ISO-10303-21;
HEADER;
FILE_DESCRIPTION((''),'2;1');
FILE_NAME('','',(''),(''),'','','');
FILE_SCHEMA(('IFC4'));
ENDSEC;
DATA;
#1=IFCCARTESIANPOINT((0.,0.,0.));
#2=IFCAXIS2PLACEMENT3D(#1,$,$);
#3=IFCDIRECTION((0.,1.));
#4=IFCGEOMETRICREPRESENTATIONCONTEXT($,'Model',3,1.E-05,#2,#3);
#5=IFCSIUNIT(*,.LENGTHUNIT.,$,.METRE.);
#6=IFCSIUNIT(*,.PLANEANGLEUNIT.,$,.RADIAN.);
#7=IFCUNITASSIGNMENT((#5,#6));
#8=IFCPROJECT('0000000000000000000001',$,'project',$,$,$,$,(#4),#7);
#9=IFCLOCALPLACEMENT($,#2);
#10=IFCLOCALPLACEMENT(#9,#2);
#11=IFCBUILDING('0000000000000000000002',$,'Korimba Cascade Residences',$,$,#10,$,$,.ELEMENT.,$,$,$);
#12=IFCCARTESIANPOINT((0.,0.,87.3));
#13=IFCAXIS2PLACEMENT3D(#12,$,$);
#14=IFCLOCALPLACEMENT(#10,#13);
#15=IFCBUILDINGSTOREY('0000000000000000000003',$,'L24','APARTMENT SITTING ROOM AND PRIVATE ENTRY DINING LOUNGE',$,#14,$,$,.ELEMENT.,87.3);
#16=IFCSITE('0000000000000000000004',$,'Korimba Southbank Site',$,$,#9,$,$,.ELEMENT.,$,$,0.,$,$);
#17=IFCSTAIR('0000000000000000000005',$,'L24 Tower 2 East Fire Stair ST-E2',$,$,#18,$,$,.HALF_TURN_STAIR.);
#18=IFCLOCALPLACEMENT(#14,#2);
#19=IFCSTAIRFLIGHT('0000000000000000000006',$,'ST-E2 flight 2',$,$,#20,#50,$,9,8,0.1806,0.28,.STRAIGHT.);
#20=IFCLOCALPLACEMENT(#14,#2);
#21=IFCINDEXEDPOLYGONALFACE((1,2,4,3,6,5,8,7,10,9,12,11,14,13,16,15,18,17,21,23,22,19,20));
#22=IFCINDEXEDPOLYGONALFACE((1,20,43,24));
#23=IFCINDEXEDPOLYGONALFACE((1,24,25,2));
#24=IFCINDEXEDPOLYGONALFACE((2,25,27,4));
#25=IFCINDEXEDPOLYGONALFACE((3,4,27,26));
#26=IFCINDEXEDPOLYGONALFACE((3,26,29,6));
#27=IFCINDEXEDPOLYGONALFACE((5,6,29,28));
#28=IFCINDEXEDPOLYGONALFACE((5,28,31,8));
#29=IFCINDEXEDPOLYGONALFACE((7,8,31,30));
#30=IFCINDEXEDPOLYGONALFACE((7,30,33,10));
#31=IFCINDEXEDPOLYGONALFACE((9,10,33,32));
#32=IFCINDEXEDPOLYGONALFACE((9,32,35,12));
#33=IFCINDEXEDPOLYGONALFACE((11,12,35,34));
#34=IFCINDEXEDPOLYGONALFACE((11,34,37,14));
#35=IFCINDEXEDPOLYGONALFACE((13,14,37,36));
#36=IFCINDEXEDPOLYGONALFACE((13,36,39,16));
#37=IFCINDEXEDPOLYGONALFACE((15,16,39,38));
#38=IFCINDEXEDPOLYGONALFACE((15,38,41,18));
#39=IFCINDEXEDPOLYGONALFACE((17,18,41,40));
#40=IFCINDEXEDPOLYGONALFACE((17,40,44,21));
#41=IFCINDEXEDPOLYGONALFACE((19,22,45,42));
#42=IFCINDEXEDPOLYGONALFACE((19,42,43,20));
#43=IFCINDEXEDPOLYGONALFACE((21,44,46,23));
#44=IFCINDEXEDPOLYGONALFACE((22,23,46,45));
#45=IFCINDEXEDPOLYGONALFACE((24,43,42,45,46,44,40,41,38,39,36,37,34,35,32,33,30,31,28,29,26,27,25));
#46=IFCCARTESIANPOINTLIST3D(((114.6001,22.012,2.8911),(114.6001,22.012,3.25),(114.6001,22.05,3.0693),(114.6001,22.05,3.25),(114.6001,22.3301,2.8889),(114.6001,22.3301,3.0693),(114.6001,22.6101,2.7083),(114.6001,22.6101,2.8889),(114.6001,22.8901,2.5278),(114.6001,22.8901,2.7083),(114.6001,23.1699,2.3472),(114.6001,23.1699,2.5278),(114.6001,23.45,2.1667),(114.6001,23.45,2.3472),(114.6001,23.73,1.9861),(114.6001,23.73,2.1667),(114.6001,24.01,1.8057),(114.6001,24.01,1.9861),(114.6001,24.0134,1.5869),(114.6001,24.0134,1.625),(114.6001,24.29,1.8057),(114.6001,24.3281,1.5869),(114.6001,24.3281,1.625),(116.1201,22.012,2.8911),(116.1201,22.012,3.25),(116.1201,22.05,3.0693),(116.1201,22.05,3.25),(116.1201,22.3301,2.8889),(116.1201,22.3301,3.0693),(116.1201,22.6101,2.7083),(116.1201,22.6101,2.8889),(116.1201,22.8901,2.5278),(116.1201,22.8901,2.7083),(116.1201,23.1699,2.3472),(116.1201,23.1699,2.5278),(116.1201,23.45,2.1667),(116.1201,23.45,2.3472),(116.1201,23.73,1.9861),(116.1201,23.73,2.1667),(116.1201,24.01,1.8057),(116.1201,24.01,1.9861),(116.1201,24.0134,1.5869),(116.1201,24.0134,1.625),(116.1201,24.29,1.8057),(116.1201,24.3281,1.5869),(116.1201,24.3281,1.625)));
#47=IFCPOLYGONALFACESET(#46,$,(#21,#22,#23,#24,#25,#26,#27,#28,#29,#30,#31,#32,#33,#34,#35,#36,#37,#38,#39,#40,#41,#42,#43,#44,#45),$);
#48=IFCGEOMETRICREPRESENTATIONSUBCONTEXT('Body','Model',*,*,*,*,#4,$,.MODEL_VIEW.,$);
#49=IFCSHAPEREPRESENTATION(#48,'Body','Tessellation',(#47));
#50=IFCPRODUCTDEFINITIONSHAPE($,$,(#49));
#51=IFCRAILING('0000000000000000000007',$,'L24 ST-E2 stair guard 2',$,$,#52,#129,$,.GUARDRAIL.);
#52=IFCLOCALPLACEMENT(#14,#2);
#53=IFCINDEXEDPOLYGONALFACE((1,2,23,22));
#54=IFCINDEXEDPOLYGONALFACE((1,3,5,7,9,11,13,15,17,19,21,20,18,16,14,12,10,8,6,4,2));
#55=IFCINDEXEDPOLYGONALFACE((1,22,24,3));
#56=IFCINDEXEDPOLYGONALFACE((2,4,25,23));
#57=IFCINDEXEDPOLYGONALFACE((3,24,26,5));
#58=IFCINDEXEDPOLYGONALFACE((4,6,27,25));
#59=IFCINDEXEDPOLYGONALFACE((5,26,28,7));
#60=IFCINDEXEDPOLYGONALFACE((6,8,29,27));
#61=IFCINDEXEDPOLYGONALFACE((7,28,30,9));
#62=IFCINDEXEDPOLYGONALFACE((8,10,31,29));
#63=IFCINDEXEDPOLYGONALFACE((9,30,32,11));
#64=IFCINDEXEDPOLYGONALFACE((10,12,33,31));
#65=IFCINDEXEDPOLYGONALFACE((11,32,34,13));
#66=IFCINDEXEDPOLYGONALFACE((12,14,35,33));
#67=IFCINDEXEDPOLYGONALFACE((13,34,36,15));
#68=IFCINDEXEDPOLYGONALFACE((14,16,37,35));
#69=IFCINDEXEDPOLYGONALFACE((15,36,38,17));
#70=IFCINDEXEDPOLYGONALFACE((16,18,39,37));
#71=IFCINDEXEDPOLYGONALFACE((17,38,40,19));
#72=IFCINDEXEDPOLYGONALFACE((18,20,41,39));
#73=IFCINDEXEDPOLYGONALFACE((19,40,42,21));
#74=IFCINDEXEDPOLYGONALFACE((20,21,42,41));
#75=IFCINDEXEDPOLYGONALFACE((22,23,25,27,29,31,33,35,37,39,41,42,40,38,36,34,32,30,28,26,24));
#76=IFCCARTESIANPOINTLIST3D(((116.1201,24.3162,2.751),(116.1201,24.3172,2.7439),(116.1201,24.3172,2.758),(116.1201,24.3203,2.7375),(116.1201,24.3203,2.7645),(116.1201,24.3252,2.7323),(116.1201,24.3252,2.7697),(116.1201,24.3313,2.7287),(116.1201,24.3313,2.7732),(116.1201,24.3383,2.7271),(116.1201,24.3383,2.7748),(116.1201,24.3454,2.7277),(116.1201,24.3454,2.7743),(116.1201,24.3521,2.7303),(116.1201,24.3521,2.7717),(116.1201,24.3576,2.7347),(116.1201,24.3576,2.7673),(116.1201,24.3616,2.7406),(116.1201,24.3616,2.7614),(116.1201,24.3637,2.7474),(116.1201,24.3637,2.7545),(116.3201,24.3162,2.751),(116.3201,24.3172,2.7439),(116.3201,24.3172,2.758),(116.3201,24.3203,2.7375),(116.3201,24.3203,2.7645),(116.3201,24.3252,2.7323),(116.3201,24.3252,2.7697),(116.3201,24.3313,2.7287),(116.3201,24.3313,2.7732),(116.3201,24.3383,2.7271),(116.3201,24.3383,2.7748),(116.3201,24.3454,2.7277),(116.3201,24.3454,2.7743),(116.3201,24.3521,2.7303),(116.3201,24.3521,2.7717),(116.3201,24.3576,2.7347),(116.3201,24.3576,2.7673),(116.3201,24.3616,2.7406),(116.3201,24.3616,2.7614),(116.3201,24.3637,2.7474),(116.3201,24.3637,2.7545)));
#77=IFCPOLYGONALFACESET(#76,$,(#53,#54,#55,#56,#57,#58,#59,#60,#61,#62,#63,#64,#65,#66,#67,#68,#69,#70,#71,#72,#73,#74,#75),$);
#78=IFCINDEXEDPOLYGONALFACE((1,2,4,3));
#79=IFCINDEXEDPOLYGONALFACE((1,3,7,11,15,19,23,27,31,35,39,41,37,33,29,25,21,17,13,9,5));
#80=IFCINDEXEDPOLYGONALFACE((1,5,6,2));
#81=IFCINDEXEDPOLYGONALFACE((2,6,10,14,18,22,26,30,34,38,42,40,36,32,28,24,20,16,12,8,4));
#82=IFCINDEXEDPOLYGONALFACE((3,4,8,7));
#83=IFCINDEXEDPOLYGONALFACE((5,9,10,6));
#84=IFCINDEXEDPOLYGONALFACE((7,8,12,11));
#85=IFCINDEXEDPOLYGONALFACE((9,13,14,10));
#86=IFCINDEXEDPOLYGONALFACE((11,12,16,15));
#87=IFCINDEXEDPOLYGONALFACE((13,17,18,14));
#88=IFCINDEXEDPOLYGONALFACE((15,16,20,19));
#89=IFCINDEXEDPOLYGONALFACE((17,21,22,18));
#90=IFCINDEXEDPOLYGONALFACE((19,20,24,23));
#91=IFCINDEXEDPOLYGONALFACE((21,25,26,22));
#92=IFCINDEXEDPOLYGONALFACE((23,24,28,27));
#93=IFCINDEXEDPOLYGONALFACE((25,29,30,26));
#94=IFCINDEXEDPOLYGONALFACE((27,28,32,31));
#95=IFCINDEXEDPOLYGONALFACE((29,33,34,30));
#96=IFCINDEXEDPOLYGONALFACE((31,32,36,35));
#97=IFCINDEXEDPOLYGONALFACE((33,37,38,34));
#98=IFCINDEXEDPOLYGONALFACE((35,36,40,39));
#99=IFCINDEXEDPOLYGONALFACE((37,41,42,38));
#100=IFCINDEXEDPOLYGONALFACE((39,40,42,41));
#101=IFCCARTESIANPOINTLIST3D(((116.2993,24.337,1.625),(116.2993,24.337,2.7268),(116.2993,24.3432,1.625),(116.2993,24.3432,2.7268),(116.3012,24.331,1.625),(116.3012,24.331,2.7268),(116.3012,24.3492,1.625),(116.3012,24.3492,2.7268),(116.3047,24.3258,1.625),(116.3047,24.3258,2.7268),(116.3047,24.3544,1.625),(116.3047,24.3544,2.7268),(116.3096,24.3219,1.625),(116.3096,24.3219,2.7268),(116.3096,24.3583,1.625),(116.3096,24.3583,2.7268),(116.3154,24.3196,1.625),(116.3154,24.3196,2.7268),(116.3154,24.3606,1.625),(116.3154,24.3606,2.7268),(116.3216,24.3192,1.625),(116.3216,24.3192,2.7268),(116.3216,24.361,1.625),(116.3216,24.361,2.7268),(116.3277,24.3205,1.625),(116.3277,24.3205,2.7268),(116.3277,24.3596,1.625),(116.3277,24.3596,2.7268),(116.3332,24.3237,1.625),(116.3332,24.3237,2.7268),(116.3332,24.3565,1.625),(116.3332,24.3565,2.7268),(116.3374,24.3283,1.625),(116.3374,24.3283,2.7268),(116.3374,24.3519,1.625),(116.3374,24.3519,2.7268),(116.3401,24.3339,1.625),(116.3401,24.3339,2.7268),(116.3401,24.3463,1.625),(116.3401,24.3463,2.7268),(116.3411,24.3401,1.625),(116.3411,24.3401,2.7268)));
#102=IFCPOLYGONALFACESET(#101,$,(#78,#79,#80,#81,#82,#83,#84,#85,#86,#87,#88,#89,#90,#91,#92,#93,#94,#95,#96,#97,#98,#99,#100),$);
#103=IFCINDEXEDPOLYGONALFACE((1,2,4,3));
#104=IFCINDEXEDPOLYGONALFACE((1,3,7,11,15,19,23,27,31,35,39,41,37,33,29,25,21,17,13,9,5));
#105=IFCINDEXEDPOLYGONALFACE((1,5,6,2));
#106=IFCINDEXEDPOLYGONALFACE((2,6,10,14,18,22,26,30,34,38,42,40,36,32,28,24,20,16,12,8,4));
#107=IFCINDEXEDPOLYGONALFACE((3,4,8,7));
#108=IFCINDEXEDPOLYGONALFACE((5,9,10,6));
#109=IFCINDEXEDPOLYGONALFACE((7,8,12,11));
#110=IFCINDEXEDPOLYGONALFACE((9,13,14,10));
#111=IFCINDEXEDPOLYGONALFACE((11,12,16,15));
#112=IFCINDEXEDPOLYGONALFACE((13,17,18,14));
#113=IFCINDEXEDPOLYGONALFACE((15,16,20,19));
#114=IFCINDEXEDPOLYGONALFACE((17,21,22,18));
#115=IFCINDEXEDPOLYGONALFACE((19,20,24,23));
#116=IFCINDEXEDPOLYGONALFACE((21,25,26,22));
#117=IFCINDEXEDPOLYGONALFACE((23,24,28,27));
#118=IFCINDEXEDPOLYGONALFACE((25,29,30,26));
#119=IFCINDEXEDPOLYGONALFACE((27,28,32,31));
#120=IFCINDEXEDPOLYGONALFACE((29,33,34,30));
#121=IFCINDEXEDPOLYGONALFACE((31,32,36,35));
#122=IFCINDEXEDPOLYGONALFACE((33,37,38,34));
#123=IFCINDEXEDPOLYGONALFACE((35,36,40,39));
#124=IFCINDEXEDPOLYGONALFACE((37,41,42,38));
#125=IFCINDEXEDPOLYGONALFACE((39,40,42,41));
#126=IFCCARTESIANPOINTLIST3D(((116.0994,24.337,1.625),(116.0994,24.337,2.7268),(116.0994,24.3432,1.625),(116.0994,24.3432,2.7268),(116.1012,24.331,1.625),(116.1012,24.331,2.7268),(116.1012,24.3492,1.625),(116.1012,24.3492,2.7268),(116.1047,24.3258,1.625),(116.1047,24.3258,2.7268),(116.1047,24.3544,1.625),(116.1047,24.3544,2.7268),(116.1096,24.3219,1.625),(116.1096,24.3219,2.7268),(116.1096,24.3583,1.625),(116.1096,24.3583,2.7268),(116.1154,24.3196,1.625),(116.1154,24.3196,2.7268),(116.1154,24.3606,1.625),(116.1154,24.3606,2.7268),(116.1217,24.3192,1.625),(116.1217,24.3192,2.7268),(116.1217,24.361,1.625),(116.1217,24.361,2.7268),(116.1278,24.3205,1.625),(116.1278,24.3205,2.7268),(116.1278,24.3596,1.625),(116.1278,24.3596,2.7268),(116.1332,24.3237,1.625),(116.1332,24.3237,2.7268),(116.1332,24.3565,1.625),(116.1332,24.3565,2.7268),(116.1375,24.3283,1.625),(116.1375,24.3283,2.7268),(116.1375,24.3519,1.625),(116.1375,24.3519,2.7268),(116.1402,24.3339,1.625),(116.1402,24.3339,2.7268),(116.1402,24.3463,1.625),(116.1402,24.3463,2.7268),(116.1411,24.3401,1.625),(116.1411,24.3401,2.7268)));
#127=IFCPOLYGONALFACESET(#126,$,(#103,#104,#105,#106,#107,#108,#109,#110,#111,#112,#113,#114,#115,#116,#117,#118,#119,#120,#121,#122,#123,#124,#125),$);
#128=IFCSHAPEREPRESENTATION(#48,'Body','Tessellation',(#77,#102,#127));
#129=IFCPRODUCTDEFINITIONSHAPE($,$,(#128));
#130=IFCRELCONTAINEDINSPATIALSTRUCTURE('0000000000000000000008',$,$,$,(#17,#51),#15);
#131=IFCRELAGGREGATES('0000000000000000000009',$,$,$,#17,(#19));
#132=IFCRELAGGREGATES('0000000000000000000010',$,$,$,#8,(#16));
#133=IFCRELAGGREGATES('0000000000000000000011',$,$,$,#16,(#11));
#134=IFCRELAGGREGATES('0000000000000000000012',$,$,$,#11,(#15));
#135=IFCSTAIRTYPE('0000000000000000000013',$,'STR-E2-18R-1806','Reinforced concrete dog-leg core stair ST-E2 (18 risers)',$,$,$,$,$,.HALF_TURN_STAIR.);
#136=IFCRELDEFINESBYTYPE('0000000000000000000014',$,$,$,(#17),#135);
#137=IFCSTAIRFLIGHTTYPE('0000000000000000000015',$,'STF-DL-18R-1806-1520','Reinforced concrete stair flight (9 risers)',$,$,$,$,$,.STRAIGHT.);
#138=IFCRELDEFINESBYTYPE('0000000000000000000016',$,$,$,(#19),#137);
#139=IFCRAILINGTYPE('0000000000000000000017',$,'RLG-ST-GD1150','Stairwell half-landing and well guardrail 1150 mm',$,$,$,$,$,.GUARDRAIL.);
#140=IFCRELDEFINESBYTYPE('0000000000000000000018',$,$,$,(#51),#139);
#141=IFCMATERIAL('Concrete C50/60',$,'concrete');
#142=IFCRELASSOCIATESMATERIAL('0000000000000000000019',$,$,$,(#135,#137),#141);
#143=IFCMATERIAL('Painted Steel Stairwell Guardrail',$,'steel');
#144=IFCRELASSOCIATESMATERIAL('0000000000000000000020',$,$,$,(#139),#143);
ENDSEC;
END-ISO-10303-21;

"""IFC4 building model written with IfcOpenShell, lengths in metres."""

from ifc_helpers import new_model, si_unit, direction, frame, origin, origin_2d, place, context, subcontext, project, spatial, polyline, circle, outline, extrude, material, type_object, element, aggregate, save


model = new_model("IFC4")

# Units and contexts
model_context = context("Model", 3, precision=1e-05, world=origin(), true_north=direction((0.0, 1.0)))
body_context = subcontext(model_context, "Body", "Model", "MODEL_VIEW")
ifc_project = project(units=[si_unit("LENGTHUNIT", "METRE"), si_unit("PLANEANGLEUNIT", "RADIAN")], contexts=[model_context])

# Site, building, storey
site_placement = place(None, origin())
site = spatial("IfcSite", under=ifc_project, at=site_placement, Name="Korimba Southbank Site", CompositionType="ELEMENT", RefElevation=0.0)
building_placement = place(site_placement, origin())
building = spatial("IfcBuilding", under=site, at=building_placement, Name="Korimba Cascade Residences", CompositionType="ELEMENT")
storey_placement = place(building_placement, frame((0.0, 0.0, 87.3)))
storey = spatial("IfcBuildingStorey", under=building, at=storey_placement, Name="L24", Description="APARTMENT SITTING ROOM AND PRIVATE ENTRY DINING LOUNGE", CompositionType="ELEMENT", Elevation=87.3)

# Shared definitions
ifc_material_1 = material(Name="Concrete C50/60", Category="concrete")

# Stair, stair flight
stair_type = type_object("IfcStairType", Name="STR-E2-18R-1806", Description="Reinforced concrete dog-leg core stair ST-E2 (18 risers)", PredefinedType="HALF_TURN_STAIR", material=ifc_material_1)
stair_placement = place(storey_placement, origin())
stair = element("IfcStair", 1, at=stair_placement, inside=storey, type_object=stair_type, Name="L24 Tower 2 East Fire Stair ST-E2", PredefinedType="HALF_TURN_STAIR")
stair_flight_type = type_object("IfcStairFlightType", Name="STF-DL-18R-1806-1520", Description="Reinforced concrete stair flight (9 risers)", PredefinedType="STRAIGHT", material=ifc_material_1)
stair_flight_placement = place(storey_placement, frame((115.3601, 24.29, 1.625), z_axis=(0.0, 0.0, 1.0), x_axis=(0.0, -1.0, 0.0)))
stair_flight = element("IfcStairFlight", 2, at=stair_flight_placement, type_object=stair_flight_type, Name="ST-E2 flight 2", NumberOfRisers=9, NumberOfTreads=8, PredefinedType="STRAIGHT", RiserHeight=0.1806, TreadLength=0.28, context=body_context, shape_type="SweptSolid", body=[
    extrude(outline(polyline([(-0.0381, 0.0), (0.0, 0.1807), (0.28, 0.1807), (0.28, 0.3611), (0.5601, 0.3611), (0.5601, 0.5417), (0.8401, 0.5417), (0.8401, 0.7222), (1.1201, 0.7222), (1.1201, 0.9028), (1.3999, 0.9028), (1.3999, 1.0833), (1.6799, 1.0833), (1.6799, 1.2639), (1.96, 1.2639), (1.96, 1.4443), (2.24, 1.4443), (2.24, 1.625), (2.2781, 1.625), (2.2781, 1.2661), (0.2766, 0.0), (0.2766, -0.0381), (-0.0381, -0.0381), (-0.0381, 0.0)])), frame((0.0, 0.76, 0.0), z_axis=(0.0, -1.0, 0.0), x_axis=(1.0, 0.0, 0.0)), (0.0, 0.0, 1.0), 1.52),
])
aggregate(stair, [stair_flight])

# Railing
ifc_material_2 = material(Name="Painted Steel Stairwell Guardrail", Category="steel")
railing_type_1 = type_object("IfcRailingType", Name="RLG-ST-GD1150", Description="Stairwell half-landing and well guardrail 1150 mm", PredefinedType="GUARDRAIL", material=ifc_material_2)
railing_1_placement = place(storey_placement, frame((116.3201, 24.3401, 1.625)))
element("IfcRailing", 3, at=railing_1_placement, inside=storey, type_object=railing_type_1, Name="L24 ST-E2 stair guard 2", PredefinedType="GUARDRAIL", context=body_context, shape_type="SweptSolid", body=[
    extrude(circle(Radius=0.0239, at=origin_2d()), frame((0.0, 0.0, 1.126), z_axis=(-1.0, 0.0, 0.0), x_axis=(0.0, -1.0, 0.0)), (0.0, 0.0, 1.0), 0.2),
    extrude(circle(Radius=0.021, at=origin_2d()), origin(), (0.0, 0.0, 1.0), 1.1018),
    extrude(circle(Radius=0.021, at=origin_2d()), frame((-0.2, 0.0, 0.0)), (0.0, 0.0, 1.0), 1.1018),
])

save(model, "model.ifc")
